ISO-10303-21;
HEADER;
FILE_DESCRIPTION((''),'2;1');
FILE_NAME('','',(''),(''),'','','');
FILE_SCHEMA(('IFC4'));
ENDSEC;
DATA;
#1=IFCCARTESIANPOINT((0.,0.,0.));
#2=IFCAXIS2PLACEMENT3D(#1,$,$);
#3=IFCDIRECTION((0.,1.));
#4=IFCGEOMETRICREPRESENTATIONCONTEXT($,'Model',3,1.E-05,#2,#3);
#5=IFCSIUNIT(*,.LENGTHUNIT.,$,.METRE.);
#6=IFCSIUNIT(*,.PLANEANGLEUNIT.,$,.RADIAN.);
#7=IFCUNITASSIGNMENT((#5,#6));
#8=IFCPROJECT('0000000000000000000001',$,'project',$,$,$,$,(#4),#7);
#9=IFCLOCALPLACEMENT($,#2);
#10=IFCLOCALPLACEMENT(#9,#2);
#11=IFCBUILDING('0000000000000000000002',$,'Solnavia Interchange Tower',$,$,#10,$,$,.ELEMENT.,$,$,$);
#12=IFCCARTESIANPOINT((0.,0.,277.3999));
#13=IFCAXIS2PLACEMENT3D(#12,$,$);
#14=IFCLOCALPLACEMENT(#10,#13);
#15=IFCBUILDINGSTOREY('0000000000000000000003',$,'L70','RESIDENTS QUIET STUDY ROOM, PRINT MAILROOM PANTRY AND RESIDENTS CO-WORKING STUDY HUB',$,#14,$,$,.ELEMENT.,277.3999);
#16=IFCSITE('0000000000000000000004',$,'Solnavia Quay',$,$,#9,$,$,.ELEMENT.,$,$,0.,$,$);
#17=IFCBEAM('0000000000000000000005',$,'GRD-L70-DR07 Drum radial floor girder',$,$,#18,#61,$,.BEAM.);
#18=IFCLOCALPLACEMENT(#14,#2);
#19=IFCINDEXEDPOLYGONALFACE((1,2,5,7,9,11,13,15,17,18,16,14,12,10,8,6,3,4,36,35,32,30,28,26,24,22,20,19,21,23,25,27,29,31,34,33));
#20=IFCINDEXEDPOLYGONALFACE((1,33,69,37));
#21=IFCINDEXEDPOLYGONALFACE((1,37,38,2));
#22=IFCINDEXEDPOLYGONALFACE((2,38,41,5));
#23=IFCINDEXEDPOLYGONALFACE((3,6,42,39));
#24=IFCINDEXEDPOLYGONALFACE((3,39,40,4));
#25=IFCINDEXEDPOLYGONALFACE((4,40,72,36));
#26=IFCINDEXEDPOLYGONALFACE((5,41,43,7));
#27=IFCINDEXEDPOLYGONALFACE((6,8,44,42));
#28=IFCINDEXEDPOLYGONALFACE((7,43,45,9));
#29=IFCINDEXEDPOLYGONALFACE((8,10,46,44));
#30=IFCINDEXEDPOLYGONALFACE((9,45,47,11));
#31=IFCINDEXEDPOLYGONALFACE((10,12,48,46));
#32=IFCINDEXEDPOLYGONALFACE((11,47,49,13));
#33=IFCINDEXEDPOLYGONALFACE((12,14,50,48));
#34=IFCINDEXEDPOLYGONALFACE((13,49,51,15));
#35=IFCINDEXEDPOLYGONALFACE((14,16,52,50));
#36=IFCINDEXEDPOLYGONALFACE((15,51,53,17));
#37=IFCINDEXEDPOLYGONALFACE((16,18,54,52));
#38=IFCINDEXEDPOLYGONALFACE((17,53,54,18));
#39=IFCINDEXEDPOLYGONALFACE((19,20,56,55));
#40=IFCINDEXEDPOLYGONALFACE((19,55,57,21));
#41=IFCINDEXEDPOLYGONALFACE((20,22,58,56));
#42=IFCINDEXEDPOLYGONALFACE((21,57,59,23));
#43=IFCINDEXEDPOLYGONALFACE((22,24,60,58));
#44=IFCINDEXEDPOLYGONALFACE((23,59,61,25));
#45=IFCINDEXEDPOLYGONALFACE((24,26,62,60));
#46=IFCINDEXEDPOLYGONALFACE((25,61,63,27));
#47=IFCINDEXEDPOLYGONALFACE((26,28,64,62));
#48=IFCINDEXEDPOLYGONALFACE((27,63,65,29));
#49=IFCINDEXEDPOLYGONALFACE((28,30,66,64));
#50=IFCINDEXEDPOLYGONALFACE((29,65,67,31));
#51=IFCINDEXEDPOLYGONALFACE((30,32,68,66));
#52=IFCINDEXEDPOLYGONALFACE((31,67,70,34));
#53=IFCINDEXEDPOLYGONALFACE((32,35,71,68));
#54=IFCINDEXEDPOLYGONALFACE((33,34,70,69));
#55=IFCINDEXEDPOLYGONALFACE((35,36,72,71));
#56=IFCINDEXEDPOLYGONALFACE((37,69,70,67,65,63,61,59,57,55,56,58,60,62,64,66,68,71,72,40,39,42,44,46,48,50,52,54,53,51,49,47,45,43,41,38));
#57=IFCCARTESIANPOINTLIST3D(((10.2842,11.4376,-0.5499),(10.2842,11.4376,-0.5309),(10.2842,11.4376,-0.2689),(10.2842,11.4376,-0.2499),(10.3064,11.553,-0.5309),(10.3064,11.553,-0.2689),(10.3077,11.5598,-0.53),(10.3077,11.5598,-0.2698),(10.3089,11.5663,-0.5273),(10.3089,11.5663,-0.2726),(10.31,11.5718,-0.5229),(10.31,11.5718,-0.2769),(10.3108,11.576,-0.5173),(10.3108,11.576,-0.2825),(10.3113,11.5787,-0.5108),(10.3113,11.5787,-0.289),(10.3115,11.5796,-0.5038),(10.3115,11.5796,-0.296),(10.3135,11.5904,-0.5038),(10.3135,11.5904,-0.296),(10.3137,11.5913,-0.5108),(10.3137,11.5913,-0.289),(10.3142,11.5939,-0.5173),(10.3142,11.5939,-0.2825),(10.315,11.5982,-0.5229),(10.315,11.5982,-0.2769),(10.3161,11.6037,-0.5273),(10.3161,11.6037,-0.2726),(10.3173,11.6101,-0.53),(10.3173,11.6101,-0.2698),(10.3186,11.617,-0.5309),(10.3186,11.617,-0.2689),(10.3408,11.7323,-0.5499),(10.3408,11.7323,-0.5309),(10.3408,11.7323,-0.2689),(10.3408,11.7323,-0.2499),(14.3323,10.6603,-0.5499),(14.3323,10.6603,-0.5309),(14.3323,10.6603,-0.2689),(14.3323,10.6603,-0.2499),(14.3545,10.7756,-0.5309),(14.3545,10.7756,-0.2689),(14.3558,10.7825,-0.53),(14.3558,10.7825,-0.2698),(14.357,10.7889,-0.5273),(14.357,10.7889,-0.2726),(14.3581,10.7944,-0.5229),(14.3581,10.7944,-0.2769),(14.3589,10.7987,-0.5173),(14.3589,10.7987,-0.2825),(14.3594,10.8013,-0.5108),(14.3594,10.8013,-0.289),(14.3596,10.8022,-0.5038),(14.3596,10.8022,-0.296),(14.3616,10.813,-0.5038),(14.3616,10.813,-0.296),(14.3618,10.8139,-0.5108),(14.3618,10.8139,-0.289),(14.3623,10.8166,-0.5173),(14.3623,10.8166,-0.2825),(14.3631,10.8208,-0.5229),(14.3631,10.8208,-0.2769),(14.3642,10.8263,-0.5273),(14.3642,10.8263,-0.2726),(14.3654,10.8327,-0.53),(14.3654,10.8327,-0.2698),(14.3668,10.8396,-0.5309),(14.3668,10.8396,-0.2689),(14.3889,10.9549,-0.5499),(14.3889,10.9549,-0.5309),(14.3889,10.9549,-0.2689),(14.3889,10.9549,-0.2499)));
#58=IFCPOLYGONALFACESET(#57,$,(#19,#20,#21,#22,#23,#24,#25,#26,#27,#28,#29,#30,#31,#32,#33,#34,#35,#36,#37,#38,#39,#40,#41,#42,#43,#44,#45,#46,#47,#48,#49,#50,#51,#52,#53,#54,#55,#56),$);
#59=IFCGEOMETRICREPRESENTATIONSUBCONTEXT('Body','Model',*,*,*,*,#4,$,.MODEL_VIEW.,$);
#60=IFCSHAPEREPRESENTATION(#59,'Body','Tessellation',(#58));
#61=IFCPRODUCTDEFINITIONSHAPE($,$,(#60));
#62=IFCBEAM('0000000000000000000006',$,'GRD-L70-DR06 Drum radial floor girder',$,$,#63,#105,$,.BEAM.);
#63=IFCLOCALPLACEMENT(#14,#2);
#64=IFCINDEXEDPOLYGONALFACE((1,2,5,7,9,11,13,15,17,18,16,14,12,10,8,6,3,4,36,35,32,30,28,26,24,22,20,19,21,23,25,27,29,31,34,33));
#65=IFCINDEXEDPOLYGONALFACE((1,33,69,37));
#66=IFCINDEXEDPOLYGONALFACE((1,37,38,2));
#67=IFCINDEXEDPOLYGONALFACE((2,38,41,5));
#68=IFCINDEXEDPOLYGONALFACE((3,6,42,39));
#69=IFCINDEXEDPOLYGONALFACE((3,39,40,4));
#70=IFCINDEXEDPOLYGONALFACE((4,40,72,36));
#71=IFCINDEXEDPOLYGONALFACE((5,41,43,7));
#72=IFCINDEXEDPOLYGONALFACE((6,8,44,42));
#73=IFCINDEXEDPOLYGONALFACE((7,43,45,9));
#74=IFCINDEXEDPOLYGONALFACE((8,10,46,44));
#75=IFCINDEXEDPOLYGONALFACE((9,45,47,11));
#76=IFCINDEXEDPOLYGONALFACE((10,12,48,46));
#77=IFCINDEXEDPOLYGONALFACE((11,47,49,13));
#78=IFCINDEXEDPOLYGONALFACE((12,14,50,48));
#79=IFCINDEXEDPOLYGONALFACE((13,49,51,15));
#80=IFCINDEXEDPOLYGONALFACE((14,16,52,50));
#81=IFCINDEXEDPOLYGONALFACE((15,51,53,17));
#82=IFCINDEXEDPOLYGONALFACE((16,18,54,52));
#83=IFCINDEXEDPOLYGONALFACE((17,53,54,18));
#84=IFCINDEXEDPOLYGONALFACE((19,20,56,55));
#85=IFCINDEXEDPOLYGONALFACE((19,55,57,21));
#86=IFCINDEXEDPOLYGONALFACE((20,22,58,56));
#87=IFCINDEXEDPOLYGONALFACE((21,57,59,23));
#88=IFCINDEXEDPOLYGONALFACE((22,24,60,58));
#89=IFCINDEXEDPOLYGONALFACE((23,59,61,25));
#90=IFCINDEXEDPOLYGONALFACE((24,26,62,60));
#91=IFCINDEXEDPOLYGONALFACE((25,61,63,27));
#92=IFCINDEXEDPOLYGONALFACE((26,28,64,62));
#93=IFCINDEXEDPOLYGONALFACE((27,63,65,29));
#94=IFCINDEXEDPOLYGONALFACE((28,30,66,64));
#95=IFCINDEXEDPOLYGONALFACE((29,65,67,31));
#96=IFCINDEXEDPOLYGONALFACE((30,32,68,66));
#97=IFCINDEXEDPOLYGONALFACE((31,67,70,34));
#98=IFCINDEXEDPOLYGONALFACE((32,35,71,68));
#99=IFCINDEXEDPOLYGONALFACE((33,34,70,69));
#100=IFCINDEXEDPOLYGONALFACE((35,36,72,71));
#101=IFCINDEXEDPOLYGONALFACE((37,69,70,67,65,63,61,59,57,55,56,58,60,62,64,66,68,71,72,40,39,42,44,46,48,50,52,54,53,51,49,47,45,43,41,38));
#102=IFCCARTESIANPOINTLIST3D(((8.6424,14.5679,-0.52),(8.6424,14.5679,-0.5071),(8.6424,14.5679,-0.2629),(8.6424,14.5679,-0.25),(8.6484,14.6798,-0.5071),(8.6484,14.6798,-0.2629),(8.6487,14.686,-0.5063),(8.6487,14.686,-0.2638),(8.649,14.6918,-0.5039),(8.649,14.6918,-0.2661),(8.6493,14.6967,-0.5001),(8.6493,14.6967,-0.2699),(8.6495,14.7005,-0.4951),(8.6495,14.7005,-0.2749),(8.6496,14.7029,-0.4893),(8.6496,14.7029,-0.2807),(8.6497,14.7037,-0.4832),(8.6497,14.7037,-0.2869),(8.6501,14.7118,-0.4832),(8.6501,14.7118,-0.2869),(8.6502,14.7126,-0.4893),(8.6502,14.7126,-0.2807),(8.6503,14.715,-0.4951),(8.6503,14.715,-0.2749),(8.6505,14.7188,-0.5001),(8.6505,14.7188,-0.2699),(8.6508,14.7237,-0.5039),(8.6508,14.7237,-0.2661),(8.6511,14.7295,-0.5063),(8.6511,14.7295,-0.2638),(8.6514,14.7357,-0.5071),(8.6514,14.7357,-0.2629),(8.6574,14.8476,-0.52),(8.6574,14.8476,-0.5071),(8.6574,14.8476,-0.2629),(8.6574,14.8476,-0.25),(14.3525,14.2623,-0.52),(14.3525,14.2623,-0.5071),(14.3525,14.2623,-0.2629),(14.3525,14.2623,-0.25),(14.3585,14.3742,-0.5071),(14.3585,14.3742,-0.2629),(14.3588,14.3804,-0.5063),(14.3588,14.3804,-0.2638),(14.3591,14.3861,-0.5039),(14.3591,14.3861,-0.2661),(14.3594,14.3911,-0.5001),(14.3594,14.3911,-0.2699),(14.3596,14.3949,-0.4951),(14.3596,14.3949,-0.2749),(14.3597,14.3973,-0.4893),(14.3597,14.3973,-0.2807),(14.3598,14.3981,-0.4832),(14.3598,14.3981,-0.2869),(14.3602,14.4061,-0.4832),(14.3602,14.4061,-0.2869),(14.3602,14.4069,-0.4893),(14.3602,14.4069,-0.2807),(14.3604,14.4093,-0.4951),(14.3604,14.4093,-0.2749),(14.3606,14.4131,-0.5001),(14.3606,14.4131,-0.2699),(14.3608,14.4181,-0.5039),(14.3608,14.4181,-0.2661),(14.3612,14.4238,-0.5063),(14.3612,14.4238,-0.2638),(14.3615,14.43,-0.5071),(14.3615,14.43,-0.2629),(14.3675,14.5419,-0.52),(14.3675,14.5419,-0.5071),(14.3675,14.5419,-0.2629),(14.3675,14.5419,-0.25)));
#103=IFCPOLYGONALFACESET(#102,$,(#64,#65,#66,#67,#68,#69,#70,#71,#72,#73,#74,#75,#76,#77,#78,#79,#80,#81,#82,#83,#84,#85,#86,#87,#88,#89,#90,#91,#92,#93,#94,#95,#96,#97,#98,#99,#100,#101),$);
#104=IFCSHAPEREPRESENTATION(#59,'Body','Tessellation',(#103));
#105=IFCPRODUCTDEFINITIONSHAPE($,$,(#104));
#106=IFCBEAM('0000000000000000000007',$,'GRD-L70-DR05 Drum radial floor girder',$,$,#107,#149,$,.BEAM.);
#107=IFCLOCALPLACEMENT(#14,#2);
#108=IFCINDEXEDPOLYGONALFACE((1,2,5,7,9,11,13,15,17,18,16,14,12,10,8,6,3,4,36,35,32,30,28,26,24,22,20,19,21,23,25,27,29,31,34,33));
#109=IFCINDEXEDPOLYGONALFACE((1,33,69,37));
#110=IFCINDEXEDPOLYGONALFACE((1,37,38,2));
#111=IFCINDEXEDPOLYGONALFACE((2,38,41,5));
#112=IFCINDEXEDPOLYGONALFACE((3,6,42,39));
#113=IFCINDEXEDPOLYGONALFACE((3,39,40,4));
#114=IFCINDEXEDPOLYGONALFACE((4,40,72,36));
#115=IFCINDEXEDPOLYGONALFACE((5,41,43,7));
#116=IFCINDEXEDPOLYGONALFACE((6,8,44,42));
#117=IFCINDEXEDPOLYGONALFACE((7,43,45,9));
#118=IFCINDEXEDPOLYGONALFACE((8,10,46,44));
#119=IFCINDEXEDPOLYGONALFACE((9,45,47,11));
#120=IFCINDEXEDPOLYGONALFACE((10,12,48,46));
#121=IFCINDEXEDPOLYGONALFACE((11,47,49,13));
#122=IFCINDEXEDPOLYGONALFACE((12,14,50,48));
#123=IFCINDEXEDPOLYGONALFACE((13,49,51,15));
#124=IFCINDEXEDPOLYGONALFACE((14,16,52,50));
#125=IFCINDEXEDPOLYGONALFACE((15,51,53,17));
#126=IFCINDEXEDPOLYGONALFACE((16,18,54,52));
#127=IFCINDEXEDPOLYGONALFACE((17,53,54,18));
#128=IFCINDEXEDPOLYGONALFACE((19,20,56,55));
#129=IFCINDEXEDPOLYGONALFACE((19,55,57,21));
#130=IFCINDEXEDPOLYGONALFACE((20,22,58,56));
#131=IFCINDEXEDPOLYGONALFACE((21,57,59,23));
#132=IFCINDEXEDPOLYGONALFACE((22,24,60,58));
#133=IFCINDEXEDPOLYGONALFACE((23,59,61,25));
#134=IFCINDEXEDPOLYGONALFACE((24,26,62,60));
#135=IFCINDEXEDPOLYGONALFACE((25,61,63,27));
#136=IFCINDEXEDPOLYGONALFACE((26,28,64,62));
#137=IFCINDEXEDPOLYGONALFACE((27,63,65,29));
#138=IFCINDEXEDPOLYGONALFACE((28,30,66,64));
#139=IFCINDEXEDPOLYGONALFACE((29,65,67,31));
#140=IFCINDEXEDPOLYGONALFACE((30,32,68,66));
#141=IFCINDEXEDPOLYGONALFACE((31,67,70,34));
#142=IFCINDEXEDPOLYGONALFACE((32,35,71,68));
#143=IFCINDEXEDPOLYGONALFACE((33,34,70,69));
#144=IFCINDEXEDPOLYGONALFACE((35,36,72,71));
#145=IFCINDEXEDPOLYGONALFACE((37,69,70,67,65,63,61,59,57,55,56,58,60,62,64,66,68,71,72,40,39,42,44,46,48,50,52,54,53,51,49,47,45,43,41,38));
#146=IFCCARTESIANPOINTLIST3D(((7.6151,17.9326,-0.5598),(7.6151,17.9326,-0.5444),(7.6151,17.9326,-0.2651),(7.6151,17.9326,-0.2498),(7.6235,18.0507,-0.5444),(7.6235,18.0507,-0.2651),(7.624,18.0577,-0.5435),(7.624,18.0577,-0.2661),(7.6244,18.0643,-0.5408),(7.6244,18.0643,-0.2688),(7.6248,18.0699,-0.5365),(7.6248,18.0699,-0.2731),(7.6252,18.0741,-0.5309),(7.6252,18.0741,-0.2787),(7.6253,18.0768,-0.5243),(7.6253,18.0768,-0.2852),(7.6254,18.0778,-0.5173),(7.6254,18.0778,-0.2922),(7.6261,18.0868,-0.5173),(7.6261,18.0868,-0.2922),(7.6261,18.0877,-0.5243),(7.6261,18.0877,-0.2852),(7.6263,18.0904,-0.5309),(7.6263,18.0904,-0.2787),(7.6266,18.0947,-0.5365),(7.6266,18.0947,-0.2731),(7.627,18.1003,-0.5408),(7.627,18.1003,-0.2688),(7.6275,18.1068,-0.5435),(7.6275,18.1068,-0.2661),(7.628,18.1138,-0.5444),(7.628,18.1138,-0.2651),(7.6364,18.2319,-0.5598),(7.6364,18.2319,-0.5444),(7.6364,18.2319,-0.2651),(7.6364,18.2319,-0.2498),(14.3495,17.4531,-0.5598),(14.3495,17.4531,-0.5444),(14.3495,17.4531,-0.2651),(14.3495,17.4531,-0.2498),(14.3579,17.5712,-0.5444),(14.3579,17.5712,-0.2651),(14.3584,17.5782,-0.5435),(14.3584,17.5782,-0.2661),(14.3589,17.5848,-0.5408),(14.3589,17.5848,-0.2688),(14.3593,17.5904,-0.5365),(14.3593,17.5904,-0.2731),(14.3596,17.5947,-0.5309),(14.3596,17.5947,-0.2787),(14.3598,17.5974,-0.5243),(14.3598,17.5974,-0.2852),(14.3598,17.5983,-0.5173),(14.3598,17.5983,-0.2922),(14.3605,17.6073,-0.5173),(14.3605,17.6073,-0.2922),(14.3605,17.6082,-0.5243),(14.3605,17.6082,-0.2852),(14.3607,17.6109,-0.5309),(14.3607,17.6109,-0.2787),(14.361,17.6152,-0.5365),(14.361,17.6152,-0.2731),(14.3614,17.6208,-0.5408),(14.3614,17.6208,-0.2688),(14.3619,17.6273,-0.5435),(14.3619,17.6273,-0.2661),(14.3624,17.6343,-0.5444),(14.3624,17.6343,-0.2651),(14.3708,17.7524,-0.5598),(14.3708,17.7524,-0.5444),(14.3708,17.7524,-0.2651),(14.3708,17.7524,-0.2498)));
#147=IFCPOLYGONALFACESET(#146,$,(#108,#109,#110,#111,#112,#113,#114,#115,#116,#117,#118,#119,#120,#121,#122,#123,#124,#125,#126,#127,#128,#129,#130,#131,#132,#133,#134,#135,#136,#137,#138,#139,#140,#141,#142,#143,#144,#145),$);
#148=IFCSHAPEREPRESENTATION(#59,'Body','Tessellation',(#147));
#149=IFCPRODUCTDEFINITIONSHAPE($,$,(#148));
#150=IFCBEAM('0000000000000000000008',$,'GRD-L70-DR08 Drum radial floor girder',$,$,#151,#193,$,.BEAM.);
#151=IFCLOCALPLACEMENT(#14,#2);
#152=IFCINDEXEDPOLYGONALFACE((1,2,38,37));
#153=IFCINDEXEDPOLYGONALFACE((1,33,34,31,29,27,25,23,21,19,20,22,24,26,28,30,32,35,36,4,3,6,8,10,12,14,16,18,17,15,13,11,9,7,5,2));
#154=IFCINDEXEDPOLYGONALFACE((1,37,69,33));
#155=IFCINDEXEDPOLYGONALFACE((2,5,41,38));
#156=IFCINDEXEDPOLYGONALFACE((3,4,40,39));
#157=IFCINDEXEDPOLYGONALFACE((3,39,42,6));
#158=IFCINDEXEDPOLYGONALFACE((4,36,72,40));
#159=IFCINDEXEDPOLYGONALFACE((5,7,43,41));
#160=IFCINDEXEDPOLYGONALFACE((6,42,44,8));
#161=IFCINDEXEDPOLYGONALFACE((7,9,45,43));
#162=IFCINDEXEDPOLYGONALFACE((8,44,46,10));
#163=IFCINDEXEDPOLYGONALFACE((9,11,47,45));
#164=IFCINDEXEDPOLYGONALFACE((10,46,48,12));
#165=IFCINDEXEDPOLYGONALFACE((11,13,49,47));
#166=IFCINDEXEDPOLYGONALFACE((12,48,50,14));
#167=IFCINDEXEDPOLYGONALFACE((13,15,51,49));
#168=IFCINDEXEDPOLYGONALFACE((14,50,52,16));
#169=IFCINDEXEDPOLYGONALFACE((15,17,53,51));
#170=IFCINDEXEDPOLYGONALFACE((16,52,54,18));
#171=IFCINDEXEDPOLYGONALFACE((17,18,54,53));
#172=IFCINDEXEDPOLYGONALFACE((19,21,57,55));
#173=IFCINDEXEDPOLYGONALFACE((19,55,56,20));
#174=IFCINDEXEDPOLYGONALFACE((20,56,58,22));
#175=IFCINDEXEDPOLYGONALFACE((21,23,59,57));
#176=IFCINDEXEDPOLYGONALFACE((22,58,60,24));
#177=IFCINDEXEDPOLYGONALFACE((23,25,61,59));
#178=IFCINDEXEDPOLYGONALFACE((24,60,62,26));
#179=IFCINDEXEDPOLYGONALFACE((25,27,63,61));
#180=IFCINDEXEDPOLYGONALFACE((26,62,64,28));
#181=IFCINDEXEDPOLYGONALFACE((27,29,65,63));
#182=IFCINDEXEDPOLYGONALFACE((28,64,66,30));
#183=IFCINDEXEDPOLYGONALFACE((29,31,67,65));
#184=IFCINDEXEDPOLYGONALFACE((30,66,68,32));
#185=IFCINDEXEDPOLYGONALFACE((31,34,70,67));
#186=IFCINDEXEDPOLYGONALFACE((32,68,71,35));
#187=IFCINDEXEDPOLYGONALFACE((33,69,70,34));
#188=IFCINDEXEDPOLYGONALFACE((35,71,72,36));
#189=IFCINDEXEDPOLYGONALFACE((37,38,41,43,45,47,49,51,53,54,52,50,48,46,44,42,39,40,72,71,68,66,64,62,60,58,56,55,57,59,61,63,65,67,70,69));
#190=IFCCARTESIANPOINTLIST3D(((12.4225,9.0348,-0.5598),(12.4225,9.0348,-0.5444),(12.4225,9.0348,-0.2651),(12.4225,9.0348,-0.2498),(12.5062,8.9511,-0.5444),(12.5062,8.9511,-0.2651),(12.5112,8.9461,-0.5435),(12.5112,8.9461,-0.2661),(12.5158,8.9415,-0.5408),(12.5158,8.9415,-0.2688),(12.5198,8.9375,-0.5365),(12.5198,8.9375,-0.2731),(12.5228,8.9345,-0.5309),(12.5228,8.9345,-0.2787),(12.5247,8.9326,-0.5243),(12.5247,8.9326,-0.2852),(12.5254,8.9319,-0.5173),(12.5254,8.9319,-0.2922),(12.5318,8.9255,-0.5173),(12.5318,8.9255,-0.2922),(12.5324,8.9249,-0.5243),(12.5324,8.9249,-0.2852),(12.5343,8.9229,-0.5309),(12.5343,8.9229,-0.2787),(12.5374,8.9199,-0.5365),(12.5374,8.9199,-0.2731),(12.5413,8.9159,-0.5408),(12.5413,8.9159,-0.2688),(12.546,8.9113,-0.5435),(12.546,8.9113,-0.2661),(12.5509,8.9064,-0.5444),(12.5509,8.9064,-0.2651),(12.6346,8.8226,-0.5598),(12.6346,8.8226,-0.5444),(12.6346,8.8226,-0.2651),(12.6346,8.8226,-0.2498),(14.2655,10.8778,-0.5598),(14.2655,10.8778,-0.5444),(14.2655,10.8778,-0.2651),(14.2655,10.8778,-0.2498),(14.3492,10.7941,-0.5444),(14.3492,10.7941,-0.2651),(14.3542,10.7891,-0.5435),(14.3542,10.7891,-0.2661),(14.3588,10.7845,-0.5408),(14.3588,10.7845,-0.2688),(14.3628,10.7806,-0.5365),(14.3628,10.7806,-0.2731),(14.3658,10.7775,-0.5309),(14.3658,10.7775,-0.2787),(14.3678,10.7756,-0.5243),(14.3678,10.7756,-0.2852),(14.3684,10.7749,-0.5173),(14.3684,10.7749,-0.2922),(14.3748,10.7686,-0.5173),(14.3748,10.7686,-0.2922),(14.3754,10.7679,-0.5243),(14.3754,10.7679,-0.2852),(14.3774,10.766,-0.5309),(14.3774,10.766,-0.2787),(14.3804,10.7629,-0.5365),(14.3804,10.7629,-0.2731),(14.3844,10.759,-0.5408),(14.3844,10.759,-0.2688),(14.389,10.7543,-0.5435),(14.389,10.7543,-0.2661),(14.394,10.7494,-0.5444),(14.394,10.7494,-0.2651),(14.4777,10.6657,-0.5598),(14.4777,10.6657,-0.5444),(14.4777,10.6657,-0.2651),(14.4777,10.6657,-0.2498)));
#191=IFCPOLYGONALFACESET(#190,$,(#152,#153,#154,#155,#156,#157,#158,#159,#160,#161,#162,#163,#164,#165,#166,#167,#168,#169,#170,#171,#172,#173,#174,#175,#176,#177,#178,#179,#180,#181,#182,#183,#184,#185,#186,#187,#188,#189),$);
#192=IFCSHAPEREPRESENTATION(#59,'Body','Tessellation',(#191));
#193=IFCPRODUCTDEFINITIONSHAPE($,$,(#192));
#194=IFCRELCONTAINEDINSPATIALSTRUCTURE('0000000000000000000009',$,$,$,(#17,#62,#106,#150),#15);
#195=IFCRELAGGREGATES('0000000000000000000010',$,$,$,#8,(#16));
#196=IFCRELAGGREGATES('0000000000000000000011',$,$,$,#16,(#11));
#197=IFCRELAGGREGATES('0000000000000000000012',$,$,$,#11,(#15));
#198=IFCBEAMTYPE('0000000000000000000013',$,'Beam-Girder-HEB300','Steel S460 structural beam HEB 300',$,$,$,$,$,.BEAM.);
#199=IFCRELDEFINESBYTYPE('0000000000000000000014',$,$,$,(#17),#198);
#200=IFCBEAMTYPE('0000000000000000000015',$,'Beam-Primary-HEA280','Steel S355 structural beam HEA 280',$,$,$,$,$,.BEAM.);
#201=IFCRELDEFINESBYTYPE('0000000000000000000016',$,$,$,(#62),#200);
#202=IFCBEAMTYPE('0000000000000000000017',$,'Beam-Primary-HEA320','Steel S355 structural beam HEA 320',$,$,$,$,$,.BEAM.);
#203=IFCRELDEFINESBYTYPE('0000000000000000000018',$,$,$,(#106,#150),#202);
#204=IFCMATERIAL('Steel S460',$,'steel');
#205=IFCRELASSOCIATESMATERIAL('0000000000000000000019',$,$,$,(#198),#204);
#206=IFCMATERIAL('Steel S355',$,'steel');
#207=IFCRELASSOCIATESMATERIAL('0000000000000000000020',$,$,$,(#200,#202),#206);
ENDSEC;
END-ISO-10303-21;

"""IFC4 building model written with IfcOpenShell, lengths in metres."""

from ifc_helpers import new_model, si_unit, direction, frame, origin, origin_2d, place, context, subcontext, project, spatial, i_section, extrude, material, material_profile, profile_set, type_object, element, save


model = new_model("IFC4")

# Units and contexts
model_context = context("Model", 3, precision=1e-05, world=origin(), true_north=direction((0.0, 1.0)))
body_context = subcontext(model_context, "Body", "Model", "MODEL_VIEW")
ifc_project = project(units=[si_unit("LENGTHUNIT", "METRE"), si_unit("PLANEANGLEUNIT", "RADIAN")], contexts=[model_context])

# Site, building, storey
site_placement = place(None, origin())
site = spatial("IfcSite", under=ifc_project, at=site_placement, Name="Solnavia Quay", CompositionType="ELEMENT", RefElevation=0.0)
building_placement = place(site_placement, origin())
building = spatial("IfcBuilding", under=site, at=building_placement, Name="Solnavia Interchange Tower", CompositionType="ELEMENT")
storey_placement = place(building_placement, frame((0.0, 0.0, 277.3999)))
storey = spatial("IfcBuildingStorey", under=building, at=storey_placement, Name="L70", Description="RESIDENTS QUIET STUDY ROOM, PRINT MAILROOM PANTRY AND RESIDENTS CO-WORKING STUDY HUB", CompositionType="ELEMENT", Elevation=277.3999)

# Beams
ifc_material_1 = material(Name="Steel S460", Category="steel")
ifc_material_profile_1 = material_profile(ifc_material_1, i_section(OverallWidth=0.3, OverallDepth=0.3, WebThickness=0.011, FlangeThickness=0.019, FilletRadius=0.0271, at=origin_2d()), Name="HEB 300")
ifc_profile_set_1 = profile_set([ifc_material_profile_1], Name="Steel S460")
beam_type_1 = type_object("IfcBeamType", Name="Beam-Girder-HEB300", Description="Steel S460 structural beam HEB 300", PredefinedType="BEAM", material=ifc_profile_set_1)
beam_1_placement = place(storey_placement, frame((10.3125, 11.585, -0.3999), z_axis=(0.982058, -0.188582, 0.0), x_axis=(0.188582, 0.982058, 0.0)))
element("IfcBeam", 1, at=beam_1_placement, inside=storey, type_object=beam_type_1, Name="GRD-L70-DR07 Drum radial floor girder", PredefinedType="BEAM", context=body_context, shape_type="SweptSolid", body=[
    extrude(i_section(OverallWidth=0.3, OverallDepth=0.3, WebThickness=0.011, FlangeThickness=0.019, FilletRadius=0.0271, at=origin_2d()), origin(), (0.0, 0.0, 1.0), 4.1221),
])
ifc_material_2 = material(Name="Steel S355", Category="steel")
ifc_material_profile_2 = material_profile(ifc_material_2, i_section(OverallWidth=0.28, OverallDepth=0.27, WebThickness=0.0081, FlangeThickness=0.0129, FilletRadius=0.0239, at=origin_2d()), Name="HEA 280")
ifc_profile_set_2 = profile_set([ifc_material_profile_2], Name="Steel S355")
beam_type_2 = type_object("IfcBeamType", Name="Beam-Primary-HEA280", Description="Steel S355 structural beam HEA 280", PredefinedType="BEAM", material=ifc_profile_set_2)
beam_2_placement = place(storey_placement, frame((8.6499, 14.7078, -0.385), z_axis=(0.99857, -0.053453, 0.0), x_axis=(0.053453, 0.99857, 0.0)))
element("IfcBeam", 2, at=beam_2_placement, inside=storey, type_object=beam_type_2, Name="GRD-L70-DR06 Drum radial floor girder", PredefinedType="BEAM", context=body_context, shape_type="SweptSolid", body=[
    extrude(i_section(OverallWidth=0.28, OverallDepth=0.27, WebThickness=0.0081, FlangeThickness=0.0129, FilletRadius=0.0239, at=origin_2d()), origin(), (0.0, 0.0, 1.0), 5.7183),
])
ifc_material_profile_3 = material_profile(ifc_material_2, i_section(OverallWidth=0.3, OverallDepth=0.3101, WebThickness=0.009, FlangeThickness=0.0154, FilletRadius=0.0271, at=origin_2d()), Name="HEA 320")
ifc_profile_set_3 = profile_set([ifc_material_profile_3], Name="Steel S355")
beam_type_3 = type_object("IfcBeamType", Name="Beam-Primary-HEA320", Description="Steel S355 structural beam HEA 320", PredefinedType="BEAM", material=ifc_profile_set_3)
beam_3_placement = place(storey_placement, frame((7.6257, 18.0823, -0.4048), z_axis=(0.997475, -0.071021, 0.0), x_axis=(0.071021, 0.997475, 0.0)))
element("IfcBeam", 3, at=beam_3_placement, inside=storey, type_object=beam_type_3, Name="GRD-L70-DR05 Drum radial floor girder", PredefinedType="BEAM", context=body_context, shape_type="SweptSolid", body=[
    extrude(i_section(OverallWidth=0.3, OverallDepth=0.3101, WebThickness=0.009, FlangeThickness=0.0154, FilletRadius=0.0271, at=origin_2d()), origin(), (0.0, 0.0, 1.0), 6.7515),
])
beam_4_placement = place(storey_placement, frame((12.5286, 8.9287, -0.4048), z_axis=(0.707107, 0.707107, 0.0), x_axis=(-0.707107, 0.707107, 0.0)))
element("IfcBeam", 4, at=beam_4_placement, inside=storey, type_object=beam_type_3, Name="GRD-L70-DR08 Drum radial floor girder", PredefinedType="BEAM", context=body_context, shape_type="SweptSolid", body=[
    extrude(i_section(OverallWidth=0.3, OverallDepth=0.3101, WebThickness=0.009, FlangeThickness=0.0154, FilletRadius=0.0271, at=origin_2d()), origin(), (0.0, 0.0, 1.0), 2.6064),
])

save(model, "model.ifc")
